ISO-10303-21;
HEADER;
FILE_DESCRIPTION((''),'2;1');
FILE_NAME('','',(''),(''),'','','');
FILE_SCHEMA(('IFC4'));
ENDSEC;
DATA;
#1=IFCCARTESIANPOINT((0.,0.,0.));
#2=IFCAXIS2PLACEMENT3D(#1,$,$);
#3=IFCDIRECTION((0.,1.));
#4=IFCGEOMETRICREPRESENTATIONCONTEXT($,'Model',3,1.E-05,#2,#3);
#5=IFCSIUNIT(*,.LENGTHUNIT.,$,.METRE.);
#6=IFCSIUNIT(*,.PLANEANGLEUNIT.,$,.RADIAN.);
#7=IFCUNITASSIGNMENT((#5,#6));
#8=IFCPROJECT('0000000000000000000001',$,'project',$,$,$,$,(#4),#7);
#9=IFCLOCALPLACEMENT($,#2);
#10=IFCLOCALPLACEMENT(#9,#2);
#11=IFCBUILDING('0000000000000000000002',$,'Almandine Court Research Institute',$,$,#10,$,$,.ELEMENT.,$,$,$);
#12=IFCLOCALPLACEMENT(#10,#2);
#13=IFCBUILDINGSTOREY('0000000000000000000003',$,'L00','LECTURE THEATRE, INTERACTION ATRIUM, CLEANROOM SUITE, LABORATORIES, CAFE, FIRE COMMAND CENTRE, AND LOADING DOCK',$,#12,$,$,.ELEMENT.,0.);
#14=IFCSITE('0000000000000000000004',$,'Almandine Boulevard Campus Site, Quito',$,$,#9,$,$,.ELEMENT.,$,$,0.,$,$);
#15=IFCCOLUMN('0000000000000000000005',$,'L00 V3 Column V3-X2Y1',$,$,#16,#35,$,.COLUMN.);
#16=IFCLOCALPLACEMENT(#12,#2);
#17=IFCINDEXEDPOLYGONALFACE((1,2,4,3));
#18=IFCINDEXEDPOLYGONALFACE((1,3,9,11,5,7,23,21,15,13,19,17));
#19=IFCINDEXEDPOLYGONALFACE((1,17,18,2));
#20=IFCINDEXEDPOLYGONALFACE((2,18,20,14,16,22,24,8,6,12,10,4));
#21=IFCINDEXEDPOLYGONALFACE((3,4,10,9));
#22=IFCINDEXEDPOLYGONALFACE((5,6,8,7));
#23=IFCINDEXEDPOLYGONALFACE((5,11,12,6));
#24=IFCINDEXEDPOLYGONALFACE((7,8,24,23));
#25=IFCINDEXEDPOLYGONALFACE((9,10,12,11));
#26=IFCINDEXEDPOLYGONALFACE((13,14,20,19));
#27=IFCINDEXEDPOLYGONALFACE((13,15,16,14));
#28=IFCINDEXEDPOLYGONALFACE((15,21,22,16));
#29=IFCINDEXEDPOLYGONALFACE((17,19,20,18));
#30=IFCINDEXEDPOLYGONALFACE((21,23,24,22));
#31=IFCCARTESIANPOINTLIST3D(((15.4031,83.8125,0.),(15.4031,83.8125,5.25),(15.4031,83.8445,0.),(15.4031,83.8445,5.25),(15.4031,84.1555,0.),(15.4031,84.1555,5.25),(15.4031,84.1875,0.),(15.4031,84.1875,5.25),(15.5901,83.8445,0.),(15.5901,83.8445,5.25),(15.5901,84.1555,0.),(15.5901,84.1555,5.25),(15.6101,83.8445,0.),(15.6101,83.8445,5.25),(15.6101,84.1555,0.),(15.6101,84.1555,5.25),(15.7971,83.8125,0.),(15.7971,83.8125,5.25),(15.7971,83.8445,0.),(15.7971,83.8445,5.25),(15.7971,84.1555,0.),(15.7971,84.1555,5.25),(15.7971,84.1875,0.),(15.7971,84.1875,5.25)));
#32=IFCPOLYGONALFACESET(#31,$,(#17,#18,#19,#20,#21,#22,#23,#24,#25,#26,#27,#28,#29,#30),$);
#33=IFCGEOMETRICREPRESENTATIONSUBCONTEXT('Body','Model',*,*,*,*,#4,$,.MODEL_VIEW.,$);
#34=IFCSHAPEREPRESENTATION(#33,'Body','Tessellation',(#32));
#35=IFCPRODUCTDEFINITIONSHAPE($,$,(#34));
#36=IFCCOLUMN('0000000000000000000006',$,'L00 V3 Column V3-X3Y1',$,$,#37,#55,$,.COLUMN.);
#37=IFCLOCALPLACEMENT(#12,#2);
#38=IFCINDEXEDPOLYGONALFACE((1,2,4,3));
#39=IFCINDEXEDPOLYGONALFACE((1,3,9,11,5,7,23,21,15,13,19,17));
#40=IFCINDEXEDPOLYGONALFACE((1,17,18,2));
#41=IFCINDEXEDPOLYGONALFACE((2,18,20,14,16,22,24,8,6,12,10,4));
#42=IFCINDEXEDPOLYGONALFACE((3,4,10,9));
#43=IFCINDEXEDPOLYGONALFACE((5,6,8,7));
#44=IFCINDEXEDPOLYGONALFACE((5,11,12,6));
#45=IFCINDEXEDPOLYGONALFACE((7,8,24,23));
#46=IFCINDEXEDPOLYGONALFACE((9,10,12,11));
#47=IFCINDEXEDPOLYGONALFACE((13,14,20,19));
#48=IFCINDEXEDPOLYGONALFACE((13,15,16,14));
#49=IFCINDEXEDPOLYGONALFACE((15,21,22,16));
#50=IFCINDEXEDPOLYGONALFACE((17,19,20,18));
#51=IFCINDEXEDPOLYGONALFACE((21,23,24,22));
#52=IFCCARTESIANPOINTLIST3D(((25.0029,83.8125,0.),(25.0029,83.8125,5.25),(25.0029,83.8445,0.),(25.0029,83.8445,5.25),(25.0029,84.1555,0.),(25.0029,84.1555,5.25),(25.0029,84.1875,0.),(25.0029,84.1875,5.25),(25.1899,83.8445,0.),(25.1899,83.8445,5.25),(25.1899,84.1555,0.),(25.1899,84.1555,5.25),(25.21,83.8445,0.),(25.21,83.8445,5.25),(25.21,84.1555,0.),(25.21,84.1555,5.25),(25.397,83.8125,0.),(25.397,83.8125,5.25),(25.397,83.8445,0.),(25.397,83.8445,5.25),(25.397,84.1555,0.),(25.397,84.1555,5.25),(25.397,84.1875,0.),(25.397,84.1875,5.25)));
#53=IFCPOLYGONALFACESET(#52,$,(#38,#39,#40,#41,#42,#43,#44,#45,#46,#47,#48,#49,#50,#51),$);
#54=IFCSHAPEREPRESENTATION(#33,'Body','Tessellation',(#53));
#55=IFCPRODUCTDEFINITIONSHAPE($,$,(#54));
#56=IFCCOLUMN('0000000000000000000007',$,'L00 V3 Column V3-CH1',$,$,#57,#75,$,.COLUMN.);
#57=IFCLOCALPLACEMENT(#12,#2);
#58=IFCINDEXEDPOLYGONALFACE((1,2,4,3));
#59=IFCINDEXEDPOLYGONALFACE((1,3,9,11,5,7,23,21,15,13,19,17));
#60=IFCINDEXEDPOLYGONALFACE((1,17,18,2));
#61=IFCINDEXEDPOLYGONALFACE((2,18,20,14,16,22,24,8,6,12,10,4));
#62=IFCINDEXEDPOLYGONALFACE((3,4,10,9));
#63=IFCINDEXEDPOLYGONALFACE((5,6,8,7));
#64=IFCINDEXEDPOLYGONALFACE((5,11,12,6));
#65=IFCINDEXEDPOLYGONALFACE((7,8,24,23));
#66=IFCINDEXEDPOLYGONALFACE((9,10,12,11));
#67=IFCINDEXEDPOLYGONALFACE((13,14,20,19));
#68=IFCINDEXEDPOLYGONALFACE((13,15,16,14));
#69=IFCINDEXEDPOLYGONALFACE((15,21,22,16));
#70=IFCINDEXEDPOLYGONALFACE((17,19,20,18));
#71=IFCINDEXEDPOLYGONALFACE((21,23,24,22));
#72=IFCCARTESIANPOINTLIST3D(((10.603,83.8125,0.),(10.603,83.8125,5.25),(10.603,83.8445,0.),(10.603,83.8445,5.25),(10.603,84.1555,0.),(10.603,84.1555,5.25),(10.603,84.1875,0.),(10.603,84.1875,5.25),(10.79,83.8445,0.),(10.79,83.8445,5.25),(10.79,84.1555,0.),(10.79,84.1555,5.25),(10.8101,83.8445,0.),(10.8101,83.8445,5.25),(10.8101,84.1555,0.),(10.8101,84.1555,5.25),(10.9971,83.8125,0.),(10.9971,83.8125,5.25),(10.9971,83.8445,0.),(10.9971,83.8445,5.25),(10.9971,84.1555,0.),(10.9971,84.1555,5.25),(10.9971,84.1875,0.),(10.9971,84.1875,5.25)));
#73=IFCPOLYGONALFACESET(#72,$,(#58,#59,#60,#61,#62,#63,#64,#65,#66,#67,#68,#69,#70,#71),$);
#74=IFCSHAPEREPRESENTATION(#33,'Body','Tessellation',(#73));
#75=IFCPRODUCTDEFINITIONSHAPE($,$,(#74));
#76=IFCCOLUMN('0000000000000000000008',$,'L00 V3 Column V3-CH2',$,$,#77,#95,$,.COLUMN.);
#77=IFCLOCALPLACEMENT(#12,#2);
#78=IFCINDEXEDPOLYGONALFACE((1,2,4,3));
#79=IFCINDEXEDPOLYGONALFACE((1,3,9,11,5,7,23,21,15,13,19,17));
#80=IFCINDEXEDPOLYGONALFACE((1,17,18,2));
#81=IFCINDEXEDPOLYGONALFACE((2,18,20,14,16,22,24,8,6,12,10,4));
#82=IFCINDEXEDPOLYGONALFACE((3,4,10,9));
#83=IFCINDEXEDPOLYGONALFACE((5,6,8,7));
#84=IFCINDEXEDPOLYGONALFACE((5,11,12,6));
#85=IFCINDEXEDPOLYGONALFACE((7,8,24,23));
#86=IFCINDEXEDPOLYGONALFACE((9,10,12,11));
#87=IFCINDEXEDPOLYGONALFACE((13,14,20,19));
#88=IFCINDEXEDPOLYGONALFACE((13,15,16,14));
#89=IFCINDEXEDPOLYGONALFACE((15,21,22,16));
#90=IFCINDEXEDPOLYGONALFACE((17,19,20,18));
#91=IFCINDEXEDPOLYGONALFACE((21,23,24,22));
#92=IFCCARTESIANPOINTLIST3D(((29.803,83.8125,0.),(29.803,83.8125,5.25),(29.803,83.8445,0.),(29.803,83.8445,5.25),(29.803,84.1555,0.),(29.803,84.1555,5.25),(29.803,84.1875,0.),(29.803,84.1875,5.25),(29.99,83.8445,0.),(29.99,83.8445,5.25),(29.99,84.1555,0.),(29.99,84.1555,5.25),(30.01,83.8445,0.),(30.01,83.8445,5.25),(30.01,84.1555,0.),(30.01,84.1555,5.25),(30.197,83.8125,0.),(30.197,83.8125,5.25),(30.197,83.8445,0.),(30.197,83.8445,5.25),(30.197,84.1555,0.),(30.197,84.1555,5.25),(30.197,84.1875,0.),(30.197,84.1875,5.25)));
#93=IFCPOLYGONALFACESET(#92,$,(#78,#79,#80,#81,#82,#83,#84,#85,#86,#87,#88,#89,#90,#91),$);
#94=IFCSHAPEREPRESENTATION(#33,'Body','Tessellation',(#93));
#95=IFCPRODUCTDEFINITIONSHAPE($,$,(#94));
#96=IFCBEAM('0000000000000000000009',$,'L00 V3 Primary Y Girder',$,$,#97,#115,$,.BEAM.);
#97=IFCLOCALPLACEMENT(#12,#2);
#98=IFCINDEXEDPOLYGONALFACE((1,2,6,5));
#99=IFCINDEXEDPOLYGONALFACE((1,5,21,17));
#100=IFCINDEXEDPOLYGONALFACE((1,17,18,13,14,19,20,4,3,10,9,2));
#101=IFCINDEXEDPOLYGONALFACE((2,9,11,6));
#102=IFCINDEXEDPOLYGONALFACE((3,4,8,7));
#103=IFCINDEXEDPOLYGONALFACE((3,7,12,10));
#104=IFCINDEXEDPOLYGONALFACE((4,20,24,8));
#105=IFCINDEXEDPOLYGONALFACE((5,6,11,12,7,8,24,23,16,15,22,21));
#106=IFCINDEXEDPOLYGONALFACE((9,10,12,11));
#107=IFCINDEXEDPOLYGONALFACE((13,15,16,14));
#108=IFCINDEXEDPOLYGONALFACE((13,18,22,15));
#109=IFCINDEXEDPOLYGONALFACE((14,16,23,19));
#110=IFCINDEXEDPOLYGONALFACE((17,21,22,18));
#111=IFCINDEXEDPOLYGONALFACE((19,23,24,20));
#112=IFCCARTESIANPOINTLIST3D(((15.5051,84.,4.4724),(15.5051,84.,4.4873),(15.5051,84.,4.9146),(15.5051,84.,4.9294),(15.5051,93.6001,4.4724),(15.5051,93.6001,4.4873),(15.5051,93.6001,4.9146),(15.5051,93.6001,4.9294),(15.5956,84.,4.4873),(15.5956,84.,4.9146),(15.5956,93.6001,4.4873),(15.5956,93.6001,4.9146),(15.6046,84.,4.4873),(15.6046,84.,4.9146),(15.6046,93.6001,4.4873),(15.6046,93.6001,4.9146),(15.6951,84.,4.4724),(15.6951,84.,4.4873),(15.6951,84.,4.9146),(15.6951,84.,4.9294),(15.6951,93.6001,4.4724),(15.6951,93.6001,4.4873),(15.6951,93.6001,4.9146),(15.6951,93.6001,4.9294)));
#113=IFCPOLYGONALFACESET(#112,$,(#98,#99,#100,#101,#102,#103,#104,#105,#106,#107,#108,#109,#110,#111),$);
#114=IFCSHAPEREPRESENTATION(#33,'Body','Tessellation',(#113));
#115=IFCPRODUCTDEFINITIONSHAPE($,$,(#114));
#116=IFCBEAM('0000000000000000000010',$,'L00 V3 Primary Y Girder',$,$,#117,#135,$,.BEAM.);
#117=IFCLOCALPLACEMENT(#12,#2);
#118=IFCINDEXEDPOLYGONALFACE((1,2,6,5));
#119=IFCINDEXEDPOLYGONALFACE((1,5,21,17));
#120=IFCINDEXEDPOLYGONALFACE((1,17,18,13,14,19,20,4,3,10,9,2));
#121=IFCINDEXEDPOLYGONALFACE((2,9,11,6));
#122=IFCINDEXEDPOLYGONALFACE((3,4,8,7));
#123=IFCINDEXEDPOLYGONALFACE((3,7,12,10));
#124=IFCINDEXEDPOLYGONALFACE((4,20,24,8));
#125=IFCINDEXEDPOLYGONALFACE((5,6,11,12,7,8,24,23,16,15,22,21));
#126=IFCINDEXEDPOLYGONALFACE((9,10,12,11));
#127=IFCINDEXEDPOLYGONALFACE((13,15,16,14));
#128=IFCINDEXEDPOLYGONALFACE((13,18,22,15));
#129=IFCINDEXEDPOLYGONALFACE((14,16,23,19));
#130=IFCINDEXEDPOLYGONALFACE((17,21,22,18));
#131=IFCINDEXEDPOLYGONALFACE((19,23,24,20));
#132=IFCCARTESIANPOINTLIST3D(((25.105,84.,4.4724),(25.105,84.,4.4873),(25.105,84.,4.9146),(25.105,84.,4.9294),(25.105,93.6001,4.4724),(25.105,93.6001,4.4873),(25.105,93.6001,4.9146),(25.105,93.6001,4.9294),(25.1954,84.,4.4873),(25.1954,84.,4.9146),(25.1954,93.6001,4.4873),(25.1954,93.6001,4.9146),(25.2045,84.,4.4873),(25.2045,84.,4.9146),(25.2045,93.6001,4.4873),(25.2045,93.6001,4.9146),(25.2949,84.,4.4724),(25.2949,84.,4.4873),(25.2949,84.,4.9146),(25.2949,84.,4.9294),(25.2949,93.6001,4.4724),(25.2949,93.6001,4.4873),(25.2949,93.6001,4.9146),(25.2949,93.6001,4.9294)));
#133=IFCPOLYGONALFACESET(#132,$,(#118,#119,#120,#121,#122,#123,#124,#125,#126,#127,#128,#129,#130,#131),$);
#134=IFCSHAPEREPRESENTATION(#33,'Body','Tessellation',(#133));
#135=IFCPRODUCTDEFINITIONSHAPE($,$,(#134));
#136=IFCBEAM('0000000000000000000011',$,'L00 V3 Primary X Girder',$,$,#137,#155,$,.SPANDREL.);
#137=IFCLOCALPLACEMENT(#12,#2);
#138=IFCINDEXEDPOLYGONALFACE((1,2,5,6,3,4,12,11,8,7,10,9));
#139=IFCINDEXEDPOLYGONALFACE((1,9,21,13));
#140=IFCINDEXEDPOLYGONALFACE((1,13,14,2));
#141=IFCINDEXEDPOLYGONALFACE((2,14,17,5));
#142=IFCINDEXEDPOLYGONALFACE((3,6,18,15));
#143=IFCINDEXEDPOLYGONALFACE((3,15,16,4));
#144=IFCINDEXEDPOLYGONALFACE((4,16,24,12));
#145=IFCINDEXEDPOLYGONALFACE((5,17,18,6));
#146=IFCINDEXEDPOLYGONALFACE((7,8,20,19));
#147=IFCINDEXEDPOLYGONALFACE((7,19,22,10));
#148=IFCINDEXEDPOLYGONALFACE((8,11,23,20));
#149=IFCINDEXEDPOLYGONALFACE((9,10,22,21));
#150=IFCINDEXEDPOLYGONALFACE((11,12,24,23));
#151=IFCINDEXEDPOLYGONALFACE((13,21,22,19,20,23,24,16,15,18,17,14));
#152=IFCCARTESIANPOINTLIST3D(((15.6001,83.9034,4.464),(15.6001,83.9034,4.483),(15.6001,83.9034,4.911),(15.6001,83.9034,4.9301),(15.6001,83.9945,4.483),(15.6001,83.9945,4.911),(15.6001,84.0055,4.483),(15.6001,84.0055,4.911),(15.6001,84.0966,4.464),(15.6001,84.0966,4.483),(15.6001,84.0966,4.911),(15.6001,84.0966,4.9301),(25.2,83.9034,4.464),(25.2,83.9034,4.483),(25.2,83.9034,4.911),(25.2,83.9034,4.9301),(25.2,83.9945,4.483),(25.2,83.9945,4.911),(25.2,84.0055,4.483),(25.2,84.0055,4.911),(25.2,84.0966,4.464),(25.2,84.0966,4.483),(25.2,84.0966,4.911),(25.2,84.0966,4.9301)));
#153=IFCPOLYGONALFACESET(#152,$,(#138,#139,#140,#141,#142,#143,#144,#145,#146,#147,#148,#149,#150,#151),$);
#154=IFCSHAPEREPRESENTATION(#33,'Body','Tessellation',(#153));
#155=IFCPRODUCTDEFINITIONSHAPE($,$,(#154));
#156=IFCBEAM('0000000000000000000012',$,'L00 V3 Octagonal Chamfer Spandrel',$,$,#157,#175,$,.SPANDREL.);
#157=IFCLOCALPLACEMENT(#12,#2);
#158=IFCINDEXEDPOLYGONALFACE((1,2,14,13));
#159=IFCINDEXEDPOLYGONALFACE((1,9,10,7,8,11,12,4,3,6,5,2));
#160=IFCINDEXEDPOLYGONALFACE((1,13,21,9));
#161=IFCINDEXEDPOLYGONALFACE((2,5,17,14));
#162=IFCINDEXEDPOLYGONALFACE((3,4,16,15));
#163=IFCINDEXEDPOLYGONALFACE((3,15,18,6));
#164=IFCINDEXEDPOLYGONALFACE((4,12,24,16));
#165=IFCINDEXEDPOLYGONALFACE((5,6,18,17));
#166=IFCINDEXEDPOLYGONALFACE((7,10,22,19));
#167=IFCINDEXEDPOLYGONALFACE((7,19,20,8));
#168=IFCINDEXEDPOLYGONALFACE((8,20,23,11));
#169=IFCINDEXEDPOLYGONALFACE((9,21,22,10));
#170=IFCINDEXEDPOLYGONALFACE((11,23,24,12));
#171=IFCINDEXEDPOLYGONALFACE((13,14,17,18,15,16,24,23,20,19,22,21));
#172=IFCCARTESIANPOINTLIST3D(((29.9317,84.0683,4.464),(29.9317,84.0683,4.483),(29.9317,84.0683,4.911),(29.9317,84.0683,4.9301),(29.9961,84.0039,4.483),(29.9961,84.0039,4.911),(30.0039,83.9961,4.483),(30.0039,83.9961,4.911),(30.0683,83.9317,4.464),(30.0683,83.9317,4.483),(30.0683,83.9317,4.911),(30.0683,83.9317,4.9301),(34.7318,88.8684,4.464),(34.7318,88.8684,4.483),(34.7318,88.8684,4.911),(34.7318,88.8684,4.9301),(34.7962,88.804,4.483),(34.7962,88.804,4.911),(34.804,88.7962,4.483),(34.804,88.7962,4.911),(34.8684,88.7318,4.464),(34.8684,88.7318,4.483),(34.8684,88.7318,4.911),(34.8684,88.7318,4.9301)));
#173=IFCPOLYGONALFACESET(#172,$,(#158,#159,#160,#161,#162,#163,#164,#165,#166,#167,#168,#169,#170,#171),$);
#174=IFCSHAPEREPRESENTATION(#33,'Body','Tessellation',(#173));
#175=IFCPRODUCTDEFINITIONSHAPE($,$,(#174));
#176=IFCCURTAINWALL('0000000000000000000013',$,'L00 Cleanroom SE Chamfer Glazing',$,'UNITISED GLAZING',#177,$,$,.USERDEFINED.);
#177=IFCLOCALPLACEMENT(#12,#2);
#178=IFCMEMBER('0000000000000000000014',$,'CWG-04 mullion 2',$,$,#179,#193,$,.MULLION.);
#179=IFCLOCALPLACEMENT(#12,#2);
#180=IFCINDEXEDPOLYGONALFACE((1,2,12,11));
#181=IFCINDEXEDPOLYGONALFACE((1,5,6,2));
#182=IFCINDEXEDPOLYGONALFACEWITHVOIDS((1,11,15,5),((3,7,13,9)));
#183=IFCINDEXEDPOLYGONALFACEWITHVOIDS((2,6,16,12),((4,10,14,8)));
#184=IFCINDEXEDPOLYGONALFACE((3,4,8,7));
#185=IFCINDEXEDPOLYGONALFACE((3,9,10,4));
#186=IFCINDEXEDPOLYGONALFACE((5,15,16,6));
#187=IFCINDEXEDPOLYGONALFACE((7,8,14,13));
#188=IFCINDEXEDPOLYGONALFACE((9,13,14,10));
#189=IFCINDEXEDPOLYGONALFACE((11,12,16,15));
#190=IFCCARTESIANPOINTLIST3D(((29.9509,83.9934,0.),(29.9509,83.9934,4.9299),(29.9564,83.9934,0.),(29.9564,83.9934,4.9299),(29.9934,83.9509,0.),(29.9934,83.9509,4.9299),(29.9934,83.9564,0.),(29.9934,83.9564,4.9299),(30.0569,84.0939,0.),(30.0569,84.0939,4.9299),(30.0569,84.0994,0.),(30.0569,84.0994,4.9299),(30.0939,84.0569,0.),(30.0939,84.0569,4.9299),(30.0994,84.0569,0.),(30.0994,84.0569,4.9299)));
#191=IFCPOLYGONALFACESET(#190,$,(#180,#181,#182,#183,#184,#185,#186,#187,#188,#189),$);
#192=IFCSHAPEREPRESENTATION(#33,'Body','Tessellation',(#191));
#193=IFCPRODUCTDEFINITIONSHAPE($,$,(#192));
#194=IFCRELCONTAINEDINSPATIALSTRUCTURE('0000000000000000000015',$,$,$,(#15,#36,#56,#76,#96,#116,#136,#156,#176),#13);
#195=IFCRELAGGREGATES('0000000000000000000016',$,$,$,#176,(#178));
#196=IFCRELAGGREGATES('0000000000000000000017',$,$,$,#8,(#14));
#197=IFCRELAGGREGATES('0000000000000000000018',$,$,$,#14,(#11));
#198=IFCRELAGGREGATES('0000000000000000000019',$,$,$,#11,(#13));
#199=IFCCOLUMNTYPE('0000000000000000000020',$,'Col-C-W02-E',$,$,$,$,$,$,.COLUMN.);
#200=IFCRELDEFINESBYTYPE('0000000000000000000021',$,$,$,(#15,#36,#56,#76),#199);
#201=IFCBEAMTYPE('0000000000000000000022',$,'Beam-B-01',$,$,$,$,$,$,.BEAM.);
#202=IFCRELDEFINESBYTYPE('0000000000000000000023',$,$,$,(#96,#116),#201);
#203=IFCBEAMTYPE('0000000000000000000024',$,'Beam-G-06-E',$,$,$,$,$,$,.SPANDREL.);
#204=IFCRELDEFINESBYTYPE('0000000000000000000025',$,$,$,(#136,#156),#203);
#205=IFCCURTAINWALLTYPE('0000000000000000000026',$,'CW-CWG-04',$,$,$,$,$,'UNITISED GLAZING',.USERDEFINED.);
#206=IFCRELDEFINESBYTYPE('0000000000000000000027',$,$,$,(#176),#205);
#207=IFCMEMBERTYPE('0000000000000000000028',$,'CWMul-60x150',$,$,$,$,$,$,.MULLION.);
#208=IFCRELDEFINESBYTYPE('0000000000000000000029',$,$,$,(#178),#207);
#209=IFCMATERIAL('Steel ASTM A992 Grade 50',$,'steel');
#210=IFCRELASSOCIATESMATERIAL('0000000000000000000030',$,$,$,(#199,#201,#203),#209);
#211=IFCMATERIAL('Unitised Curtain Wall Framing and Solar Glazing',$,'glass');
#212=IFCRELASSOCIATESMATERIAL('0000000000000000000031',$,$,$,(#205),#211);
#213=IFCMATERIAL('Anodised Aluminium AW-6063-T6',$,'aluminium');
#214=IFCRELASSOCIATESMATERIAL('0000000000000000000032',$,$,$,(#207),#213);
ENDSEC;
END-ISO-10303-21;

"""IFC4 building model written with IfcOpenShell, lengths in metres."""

from ifc_helpers import new_model, si_unit, direction, frame, origin, origin_2d, place, context, subcontext, project, spatial, hollow_rectangle, i_section, extrude, material, material_profile, profile_set, type_object, element, aggregate, save


model = new_model("IFC4")

# Units and contexts
model_context = context("Model", 3, precision=1e-05, world=origin(), true_north=direction((0.0, 1.0)))
body_context = subcontext(model_context, "Body", "Model", "MODEL_VIEW")
ifc_project = project(units=[si_unit("LENGTHUNIT", "METRE"), si_unit("PLANEANGLEUNIT", "RADIAN")], contexts=[model_context])

# Site, building, storey
site_placement = place(None, origin())
site = spatial("IfcSite", under=ifc_project, at=site_placement, Name="Almandine Boulevard Campus Site, Quito", CompositionType="ELEMENT", RefElevation=0.0)
building_placement = place(site_placement, origin())
building = spatial("IfcBuilding", under=site, at=building_placement, Name="Almandine Court Research Institute", CompositionType="ELEMENT")
storey_placement = place(building_placement, origin())
storey = spatial("IfcBuildingStorey", under=building, at=storey_placement, Name="L00", Description="LECTURE THEATRE, INTERACTION ATRIUM, CLEANROOM SUITE, LABORATORIES, CAFE, FIRE COMMAND CENTRE, AND LOADING DOCK", CompositionType="ELEMENT", Elevation=0.0)

# Columns
ifc_material_1 = material(Name="Steel ASTM A992 Grade 50", Category="steel")
ifc_material_profile_1 = material_profile(ifc_material_1, i_section(OverallWidth=0.394, OverallDepth=0.375, WebThickness=0.02, FlangeThickness=0.032, at=origin_2d()), Name="W360x216")
ifc_profile_set_1 = profile_set([ifc_material_profile_1], Name="Steel ASTM A992 Grade 50")
column_type = type_object("IfcColumnType", Name="Col-C-W02-E", PredefinedType="COLUMN", material=ifc_profile_set_1)
for number, where, z_axis, x_axis, name in (
    (1, (15.6001, 84.0, 0.0), (0.0, 0.0, 1.0), (1.0, 0.0, 0.0), "L00 V3 Column V3-X2Y1"),
    (2, (25.2, 84.0, 0.0), (0.0, 0.0, 1.0), (1.0, 0.0, 0.0), "L00 V3 Column V3-X3Y1"),
    (3, (10.8, 84.0, 0.0), (0.0, 0.0, 1.0), (1.0, 0.0, 0.0), "L00 V3 Column V3-CH1"),
    (4, (30.0, 84.0, 0.0), (0.0, 0.0, 1.0), (1.0, 0.0, 0.0), "L00 V3 Column V3-CH2"),
):
    element("IfcColumn", number, at=place(storey_placement, frame(where, z_axis=z_axis, x_axis=x_axis)), inside=storey, type_object=column_type, Name=name, PredefinedType="COLUMN", context=body_context, shape_type="SweptSolid", body=[
        extrude(i_section(OverallWidth=0.394, OverallDepth=0.375, WebThickness=0.02, FlangeThickness=0.032, at=origin_2d()), origin(), (0.0, 0.0, 1.0), 5.25),
    ])

# Beams
ifc_material_profile_2 = material_profile(ifc_material_1, i_section(OverallWidth=0.1899, OverallDepth=0.457, WebThickness=0.009, FlangeThickness=0.0149, at=origin_2d()), Name="W460x74")
ifc_profile_set_2 = profile_set([ifc_material_profile_2], Name="Steel ASTM A992 Grade 50")
beam_type_1 = type_object("IfcBeamType", Name="Beam-B-01", PredefinedType="BEAM", material=ifc_profile_set_2)
for number, where, z_axis, x_axis, name in (
    (5, (15.6001, 84.0, 4.7009), (0.0, 1.0, 0.0), (-1.0, 0.0, 0.0), "L00 V3 Primary Y Girder"),
    (6, (25.2, 84.0, 4.7009), (0.0, 1.0, 0.0), (-1.0, 0.0, 0.0), "L00 V3 Primary Y Girder"),
):
    element("IfcBeam", number, at=place(storey_placement, frame(where, z_axis=z_axis, x_axis=x_axis)), inside=storey, type_object=beam_type_1, Name=name, PredefinedType="BEAM", context=body_context, shape_type="SweptSolid", body=[
        extrude(i_section(OverallWidth=0.1899, OverallDepth=0.457, WebThickness=0.009, FlangeThickness=0.0149, at=origin_2d()), origin(), (0.0, 0.0, 1.0), 9.6001),
    ])
ifc_material_profile_3 = material_profile(ifc_material_1, i_section(OverallWidth=0.1931, OverallDepth=0.4661, WebThickness=0.011, FlangeThickness=0.019, at=origin_2d()), Name="W460x97")
ifc_profile_set_3 = profile_set([ifc_material_profile_3], Name="Steel ASTM A992 Grade 50")
beam_type_2 = type_object("IfcBeamType", Name="Beam-G-06-E", PredefinedType="SPANDREL", material=ifc_profile_set_3)
beam_1_placement = place(storey_placement, frame((15.6001, 84.0, 4.697), z_axis=(1.0, 0.0, 0.0), x_axis=(0.0, 1.0, 0.0)))
element("IfcBeam", 7, at=beam_1_placement, inside=storey, type_object=beam_type_2, Name="L00 V3 Primary X Girder", PredefinedType="SPANDREL", context=body_context, shape_type="SweptSolid", body=[
    extrude(i_section(OverallWidth=0.1931, OverallDepth=0.4661, WebThickness=0.011, FlangeThickness=0.019, at=origin_2d()), origin(), (0.0, 0.0, 1.0), 9.5999),
])
beam_2_placement = place(storey_placement, frame((30.0, 84.0, 4.697), z_axis=(0.707107, 0.707107, 0.0), x_axis=(-0.707107, 0.707107, 0.0)))
element("IfcBeam", 8, at=beam_2_placement, inside=storey, type_object=beam_type_2, Name="L00 V3 Octagonal Chamfer Spandrel", PredefinedType="SPANDREL", context=body_context, shape_type="SweptSolid", body=[
    extrude(i_section(OverallWidth=0.1931, OverallDepth=0.4661, WebThickness=0.011, FlangeThickness=0.019, at=origin_2d()), origin(), (0.0, 0.0, 1.0), 6.7883),
])

# Curtain wall, member
ifc_material_2 = material(Name="Unitised Curtain Wall Framing and Solar Glazing", Category="glass")
curtain_wall_type = type_object("IfcCurtainWallType", Name="CW-CWG-04", ElementType="UNITISED GLAZING", PredefinedType="USERDEFINED", material=ifc_material_2)
curtain_wall_1_placement = place(storey_placement, origin())
curtain_wall_1 = element("IfcCurtainWall", 9, at=curtain_wall_1_placement, inside=storey, type_object=curtain_wall_type, Name="L00 Cleanroom SE Chamfer Glazing", ObjectType="UNITISED GLAZING", PredefinedType="USERDEFINED")
ifc_material_3 = material(Name="Anodised Aluminium AW-6063-T6", Category="aluminium")
ifc_material_profile_4 = material_profile(ifc_material_3, hollow_rectangle(XDim=0.0601, YDim=0.1499, WallThickness=0.0039, at=origin_2d()), Name="ALU RHS 60x150x4")
ifc_profile_set_4 = profile_set([ifc_material_profile_4], Name="Anodised Aluminium AW-6063-T6")
member_type_1 = type_object("IfcMemberType", Name="CWMul-60x150", PredefinedType="MULLION", material=ifc_profile_set_4)
member_1_placement = place(storey_placement, frame((30.0251, 84.0251, 0.0), z_axis=(0.0, 0.0, 1.0), x_axis=(0.707107, -0.707107, 0.0)))
member_1 = element("IfcMember", 10, at=member_1_placement, type_object=member_type_1, Name="CWG-04 mullion 2", PredefinedType="MULLION", context=body_context, shape_type="SweptSolid", body=[
    extrude(hollow_rectangle(XDim=0.0601, YDim=0.1499, WallThickness=0.0039, at=origin_2d()), origin(), (0.0, 0.0, 1.0), 4.9299),
])
aggregate(curtain_wall_1, [member_1])

save(model, "model.ifc")
